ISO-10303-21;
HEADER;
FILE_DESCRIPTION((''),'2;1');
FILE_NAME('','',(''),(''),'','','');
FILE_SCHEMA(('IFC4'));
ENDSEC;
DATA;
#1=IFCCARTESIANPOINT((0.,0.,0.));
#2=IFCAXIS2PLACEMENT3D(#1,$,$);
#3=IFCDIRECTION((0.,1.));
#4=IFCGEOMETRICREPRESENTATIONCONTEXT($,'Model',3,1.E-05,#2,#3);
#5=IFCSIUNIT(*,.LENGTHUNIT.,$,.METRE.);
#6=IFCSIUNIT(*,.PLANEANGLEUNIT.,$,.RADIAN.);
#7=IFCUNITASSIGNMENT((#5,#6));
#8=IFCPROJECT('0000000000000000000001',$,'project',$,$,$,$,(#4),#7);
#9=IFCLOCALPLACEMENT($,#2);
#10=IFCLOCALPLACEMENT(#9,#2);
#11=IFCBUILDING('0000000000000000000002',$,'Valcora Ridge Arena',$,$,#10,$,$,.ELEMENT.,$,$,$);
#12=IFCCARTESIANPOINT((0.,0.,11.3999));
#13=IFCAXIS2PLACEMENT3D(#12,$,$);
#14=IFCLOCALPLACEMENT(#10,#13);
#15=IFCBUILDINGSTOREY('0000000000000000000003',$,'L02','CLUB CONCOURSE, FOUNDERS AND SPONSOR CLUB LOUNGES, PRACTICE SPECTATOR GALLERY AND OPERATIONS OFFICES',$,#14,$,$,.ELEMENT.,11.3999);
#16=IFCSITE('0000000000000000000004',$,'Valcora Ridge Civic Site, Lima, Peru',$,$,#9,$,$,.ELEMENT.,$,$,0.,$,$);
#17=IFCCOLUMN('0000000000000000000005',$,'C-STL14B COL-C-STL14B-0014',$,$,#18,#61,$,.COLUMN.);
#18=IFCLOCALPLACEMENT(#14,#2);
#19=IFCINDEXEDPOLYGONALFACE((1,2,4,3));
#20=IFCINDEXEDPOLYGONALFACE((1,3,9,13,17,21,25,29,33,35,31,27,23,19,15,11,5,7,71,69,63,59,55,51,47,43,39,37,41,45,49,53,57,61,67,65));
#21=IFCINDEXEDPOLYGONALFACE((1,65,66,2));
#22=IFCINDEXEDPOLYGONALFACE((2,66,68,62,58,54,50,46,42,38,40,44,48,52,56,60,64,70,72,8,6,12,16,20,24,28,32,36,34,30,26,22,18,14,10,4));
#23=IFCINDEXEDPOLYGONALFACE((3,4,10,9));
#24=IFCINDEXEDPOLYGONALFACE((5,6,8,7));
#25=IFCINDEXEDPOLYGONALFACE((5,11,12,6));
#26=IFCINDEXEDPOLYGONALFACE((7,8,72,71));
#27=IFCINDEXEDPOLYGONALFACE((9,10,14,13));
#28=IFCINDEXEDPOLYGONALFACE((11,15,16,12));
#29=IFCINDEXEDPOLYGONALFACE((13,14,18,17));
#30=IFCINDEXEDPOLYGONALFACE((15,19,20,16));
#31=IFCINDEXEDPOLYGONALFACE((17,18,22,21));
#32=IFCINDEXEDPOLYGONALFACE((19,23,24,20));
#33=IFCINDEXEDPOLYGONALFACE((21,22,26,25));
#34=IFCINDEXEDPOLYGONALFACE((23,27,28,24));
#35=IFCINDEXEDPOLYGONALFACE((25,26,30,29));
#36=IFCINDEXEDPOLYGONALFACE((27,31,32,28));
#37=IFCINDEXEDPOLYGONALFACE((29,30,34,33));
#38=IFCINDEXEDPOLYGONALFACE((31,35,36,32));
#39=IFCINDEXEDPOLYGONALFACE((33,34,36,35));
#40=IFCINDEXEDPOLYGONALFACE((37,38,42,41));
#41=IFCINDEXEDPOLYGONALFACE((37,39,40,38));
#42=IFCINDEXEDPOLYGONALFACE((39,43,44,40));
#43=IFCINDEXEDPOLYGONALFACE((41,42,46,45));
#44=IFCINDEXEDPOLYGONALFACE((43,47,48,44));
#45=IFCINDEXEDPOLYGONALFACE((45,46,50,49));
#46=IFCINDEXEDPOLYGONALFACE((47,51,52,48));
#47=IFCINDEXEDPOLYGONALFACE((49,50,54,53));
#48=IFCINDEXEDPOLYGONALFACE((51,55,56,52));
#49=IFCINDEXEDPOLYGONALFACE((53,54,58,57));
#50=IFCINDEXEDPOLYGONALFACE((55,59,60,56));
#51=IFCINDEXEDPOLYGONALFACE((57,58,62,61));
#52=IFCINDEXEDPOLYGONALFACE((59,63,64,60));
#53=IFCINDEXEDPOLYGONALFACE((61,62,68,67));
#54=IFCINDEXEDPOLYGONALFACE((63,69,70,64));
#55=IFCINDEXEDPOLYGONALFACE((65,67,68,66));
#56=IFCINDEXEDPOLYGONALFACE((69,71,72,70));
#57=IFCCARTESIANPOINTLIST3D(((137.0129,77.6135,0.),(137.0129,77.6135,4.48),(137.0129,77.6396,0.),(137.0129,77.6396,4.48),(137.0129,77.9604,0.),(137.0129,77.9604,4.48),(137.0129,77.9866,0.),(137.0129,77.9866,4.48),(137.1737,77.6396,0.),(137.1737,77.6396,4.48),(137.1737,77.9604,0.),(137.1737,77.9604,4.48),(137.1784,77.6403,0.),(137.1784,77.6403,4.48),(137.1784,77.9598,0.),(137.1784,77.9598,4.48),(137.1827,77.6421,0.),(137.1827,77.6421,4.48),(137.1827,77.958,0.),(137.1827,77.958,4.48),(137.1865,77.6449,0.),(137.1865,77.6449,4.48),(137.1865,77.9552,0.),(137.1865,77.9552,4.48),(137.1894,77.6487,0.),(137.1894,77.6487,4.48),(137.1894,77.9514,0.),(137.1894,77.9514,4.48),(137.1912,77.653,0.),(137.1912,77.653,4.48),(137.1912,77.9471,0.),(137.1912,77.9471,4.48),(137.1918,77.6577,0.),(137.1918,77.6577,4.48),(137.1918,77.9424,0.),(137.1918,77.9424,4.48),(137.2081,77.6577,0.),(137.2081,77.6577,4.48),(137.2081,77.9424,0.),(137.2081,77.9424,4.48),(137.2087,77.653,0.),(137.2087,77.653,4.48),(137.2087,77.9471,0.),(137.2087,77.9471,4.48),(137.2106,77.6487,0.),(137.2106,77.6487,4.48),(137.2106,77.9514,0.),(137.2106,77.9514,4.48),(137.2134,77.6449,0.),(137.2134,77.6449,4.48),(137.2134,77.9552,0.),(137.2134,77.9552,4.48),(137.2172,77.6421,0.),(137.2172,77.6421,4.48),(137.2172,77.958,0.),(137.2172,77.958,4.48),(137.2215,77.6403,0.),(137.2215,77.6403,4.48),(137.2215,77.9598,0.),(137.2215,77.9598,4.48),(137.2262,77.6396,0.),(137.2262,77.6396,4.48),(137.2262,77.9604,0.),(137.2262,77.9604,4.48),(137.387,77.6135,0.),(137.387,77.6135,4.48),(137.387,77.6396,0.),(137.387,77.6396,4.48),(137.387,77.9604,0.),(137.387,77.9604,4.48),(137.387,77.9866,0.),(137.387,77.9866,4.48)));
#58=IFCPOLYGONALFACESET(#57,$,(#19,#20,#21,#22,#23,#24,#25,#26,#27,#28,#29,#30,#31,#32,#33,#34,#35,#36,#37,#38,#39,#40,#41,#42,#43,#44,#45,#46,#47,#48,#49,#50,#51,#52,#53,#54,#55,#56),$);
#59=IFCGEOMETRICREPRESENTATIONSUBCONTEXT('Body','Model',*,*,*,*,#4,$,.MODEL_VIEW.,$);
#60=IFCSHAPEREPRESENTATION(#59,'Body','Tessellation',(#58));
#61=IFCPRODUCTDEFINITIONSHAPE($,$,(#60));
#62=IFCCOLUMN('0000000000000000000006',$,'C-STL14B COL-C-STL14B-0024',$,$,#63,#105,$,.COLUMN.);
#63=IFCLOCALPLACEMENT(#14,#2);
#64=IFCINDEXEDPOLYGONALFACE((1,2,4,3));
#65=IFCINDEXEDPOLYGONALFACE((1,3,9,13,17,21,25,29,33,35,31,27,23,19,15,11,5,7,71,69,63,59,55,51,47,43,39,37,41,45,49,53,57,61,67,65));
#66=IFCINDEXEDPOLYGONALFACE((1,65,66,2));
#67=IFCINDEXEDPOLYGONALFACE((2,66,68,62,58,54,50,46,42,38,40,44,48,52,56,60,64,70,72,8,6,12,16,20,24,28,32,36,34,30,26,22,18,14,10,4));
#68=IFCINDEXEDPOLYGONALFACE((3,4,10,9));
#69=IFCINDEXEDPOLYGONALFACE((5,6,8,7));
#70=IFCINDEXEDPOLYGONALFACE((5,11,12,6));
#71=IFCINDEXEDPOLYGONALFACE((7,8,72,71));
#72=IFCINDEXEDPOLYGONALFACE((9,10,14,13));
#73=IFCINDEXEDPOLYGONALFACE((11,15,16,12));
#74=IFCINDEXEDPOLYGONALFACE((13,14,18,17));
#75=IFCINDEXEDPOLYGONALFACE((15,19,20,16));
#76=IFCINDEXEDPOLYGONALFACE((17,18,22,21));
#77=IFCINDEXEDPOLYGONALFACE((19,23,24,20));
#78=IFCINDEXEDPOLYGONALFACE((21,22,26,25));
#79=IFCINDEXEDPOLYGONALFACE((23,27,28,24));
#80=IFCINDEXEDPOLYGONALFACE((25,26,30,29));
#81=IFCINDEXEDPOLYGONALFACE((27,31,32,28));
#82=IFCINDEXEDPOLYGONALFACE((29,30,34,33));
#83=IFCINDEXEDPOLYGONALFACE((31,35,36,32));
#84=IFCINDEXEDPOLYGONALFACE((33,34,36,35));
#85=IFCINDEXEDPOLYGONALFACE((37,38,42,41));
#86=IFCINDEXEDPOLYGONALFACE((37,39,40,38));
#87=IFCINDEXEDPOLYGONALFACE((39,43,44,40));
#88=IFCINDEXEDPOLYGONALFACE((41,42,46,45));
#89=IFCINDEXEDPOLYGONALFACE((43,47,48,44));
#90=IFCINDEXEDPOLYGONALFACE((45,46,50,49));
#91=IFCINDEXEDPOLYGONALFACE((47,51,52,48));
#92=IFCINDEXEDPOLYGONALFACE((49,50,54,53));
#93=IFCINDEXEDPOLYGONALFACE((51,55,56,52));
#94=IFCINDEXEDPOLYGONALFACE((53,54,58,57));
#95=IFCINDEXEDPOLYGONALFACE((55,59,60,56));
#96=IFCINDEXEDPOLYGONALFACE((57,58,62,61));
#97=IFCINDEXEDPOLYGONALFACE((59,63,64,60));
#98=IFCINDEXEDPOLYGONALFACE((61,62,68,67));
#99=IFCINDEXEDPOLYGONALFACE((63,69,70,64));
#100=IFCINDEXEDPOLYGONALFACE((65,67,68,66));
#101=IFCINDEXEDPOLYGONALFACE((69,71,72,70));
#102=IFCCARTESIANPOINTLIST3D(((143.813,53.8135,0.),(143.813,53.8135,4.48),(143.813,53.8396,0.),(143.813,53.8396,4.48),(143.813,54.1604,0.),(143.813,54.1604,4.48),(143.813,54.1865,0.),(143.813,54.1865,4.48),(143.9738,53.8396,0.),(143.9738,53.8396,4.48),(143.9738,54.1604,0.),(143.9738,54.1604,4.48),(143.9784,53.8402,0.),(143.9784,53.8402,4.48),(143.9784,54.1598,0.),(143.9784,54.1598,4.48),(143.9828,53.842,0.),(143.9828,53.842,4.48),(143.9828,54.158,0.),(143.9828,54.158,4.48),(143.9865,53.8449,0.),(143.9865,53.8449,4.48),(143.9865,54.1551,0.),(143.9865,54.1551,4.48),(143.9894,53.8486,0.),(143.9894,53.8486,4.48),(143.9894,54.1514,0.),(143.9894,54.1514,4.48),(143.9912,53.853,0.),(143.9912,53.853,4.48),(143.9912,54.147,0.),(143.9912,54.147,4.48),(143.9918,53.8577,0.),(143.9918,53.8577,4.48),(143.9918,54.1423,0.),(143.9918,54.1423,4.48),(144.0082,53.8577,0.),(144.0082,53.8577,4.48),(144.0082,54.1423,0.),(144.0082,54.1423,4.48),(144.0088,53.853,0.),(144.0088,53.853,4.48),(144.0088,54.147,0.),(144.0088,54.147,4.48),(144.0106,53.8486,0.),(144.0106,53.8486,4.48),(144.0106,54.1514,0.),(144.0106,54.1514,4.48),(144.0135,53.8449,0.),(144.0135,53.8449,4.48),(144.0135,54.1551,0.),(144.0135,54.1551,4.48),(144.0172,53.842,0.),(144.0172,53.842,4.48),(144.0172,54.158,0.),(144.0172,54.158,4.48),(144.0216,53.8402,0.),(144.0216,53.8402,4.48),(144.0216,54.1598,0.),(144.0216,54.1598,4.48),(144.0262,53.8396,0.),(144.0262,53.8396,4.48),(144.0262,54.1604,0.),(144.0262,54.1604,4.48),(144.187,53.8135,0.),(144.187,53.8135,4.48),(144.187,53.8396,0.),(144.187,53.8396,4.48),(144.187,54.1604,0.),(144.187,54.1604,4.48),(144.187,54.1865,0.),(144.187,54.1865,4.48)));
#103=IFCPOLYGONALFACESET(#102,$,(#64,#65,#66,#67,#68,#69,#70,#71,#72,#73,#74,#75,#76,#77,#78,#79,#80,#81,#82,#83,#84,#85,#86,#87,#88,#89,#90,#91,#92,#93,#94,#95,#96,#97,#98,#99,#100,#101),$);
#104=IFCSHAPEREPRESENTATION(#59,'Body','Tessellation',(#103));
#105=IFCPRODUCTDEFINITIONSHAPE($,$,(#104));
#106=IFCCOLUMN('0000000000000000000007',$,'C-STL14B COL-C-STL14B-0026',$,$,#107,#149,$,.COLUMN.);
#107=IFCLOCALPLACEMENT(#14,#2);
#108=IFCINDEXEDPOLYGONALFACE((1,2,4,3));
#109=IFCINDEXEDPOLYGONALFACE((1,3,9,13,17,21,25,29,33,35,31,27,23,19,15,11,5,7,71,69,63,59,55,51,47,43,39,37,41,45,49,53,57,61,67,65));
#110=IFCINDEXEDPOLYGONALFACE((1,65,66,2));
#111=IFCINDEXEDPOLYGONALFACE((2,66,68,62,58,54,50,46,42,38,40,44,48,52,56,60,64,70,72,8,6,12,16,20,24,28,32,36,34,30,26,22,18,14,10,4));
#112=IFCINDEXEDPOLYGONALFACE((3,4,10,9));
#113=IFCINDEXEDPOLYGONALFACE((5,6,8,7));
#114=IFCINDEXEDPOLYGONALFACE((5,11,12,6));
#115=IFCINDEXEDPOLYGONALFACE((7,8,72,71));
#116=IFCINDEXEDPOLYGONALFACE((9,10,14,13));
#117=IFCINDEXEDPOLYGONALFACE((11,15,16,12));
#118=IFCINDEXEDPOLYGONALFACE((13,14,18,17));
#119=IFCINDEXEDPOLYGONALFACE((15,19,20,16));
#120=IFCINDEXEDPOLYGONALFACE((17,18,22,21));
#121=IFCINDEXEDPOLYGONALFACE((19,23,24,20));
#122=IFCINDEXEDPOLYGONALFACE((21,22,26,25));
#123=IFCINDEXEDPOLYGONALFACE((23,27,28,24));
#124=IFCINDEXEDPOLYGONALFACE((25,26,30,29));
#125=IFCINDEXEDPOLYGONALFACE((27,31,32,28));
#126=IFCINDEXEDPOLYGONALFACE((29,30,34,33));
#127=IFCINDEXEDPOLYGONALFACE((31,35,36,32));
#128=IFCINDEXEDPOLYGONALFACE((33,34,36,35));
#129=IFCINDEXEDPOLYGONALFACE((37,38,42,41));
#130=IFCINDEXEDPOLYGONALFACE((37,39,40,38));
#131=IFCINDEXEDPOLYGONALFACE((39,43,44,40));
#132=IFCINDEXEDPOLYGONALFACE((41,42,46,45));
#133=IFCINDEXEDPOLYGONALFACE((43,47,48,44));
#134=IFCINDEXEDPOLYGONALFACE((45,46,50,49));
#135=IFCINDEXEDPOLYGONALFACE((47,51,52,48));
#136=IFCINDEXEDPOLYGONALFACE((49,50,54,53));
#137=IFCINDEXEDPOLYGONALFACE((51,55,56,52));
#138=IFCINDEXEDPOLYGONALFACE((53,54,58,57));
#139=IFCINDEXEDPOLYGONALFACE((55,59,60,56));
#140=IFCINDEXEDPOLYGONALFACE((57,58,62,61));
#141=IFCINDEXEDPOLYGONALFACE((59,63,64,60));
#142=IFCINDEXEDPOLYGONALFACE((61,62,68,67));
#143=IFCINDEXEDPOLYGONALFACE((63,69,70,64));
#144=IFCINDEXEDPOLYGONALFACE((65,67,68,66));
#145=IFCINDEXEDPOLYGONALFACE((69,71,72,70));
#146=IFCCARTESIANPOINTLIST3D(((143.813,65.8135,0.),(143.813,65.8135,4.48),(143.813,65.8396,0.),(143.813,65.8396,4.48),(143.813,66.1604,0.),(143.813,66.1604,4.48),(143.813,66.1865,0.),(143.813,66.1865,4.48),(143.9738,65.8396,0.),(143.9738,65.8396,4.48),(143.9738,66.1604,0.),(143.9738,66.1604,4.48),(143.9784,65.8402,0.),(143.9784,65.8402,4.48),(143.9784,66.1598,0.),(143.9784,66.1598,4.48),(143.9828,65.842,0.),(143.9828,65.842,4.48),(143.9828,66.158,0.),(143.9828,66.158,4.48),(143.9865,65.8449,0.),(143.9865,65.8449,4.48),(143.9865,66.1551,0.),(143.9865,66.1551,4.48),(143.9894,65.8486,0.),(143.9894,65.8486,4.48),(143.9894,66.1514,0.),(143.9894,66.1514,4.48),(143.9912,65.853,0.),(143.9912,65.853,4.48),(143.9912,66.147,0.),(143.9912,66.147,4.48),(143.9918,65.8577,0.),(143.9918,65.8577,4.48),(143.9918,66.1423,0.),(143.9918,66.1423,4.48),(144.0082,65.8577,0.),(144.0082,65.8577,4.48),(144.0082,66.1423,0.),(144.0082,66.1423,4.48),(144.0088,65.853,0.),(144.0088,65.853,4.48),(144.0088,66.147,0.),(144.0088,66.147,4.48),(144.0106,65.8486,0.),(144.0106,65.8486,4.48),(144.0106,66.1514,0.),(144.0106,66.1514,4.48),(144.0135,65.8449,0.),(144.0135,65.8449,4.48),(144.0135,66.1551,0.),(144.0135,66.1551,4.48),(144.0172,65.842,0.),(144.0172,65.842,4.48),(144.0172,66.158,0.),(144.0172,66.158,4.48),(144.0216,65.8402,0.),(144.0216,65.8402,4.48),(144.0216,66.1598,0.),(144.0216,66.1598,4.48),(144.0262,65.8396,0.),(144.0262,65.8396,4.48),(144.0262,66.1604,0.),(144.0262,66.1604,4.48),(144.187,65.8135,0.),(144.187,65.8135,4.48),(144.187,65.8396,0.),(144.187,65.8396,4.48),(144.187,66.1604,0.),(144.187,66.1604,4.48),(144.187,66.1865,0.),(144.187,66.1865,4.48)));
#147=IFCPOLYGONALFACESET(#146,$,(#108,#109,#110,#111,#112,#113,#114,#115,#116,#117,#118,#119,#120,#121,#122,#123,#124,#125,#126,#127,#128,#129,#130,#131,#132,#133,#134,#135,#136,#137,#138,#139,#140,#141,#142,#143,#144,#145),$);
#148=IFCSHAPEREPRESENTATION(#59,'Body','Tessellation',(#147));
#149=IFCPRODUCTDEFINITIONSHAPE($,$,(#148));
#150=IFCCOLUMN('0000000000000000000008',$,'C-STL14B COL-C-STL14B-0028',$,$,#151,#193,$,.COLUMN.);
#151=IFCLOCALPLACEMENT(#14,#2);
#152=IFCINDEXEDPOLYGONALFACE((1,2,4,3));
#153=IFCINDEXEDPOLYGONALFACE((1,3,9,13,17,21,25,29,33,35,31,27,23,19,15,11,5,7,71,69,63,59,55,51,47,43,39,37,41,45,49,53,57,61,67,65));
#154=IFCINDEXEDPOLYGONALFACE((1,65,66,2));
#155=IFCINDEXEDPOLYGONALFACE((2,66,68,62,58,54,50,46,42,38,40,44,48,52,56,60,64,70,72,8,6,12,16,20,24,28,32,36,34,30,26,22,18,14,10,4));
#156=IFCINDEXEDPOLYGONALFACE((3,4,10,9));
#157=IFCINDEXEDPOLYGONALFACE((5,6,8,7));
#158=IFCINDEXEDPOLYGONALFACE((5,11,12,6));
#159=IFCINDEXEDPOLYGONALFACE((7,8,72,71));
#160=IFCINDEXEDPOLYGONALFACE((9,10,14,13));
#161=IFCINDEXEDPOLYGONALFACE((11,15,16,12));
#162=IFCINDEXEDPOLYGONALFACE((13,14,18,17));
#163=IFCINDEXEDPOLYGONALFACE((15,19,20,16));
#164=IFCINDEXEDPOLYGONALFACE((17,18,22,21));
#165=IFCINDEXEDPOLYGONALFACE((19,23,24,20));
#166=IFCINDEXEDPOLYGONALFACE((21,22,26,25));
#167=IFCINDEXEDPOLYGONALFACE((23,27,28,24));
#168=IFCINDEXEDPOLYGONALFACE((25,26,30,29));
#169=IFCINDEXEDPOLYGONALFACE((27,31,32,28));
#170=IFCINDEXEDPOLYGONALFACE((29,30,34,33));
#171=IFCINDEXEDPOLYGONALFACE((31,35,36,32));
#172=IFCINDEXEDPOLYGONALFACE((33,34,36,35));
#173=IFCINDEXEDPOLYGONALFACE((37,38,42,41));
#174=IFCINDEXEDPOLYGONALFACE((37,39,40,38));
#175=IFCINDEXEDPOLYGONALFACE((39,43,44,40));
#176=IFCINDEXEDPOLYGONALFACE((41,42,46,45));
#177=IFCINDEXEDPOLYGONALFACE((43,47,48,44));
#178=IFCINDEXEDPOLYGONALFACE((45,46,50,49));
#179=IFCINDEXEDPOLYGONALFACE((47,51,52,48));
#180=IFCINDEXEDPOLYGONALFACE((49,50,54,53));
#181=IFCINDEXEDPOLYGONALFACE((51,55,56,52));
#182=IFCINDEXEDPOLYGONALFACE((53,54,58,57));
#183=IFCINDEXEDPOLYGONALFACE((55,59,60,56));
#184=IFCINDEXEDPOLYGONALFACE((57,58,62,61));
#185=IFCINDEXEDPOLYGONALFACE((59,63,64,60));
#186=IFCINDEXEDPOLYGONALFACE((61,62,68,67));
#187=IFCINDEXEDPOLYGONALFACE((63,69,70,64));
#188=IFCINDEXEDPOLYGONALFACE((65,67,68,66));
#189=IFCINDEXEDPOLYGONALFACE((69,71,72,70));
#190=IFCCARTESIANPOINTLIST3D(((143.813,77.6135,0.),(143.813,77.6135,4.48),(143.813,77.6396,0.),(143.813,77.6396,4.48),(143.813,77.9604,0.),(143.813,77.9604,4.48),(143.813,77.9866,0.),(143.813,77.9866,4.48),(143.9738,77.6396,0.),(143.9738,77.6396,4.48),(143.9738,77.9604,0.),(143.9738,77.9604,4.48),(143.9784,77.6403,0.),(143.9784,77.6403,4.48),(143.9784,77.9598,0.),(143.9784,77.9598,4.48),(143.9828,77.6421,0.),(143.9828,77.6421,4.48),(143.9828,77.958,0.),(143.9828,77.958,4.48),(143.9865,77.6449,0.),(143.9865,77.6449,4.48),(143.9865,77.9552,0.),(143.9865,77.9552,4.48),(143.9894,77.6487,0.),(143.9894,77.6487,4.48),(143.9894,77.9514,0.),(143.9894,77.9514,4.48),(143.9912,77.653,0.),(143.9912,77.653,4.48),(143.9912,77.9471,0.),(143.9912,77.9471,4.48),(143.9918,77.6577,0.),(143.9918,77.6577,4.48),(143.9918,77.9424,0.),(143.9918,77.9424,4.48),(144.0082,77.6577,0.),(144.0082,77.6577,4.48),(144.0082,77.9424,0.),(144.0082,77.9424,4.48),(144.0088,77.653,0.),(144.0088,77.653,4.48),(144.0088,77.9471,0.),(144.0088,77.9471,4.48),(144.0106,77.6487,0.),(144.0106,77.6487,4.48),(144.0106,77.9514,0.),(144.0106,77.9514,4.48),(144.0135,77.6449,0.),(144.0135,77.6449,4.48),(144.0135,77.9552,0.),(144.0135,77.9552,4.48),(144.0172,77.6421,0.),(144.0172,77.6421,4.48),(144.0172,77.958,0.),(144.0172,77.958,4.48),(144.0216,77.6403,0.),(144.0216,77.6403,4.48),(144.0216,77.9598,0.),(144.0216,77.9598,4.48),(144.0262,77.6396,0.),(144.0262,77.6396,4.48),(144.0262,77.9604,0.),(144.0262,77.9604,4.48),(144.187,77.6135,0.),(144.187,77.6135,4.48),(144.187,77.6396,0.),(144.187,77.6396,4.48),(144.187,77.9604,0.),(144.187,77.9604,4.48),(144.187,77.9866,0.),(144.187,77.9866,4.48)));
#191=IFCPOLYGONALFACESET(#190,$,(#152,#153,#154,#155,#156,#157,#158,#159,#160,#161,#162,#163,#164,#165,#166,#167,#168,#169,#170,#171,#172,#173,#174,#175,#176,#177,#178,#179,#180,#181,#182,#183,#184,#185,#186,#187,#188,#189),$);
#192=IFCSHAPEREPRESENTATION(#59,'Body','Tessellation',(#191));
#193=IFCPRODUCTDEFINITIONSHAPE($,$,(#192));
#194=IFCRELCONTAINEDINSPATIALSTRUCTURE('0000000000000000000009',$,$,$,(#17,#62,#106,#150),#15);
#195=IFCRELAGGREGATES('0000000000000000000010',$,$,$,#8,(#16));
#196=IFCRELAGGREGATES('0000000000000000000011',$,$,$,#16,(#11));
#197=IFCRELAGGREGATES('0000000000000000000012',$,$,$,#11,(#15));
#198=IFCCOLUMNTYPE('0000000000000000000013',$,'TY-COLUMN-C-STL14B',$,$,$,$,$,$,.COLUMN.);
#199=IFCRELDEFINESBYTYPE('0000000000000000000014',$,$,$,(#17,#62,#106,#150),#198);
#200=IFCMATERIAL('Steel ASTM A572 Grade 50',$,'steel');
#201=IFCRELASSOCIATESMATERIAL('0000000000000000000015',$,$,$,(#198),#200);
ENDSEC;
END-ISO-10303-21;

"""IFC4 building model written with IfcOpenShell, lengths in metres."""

from ifc_helpers import new_model, si_unit, direction, frame, origin, origin_2d, place, context, subcontext, project, spatial, i_section, extrude, material, material_profile, profile_set, type_object, element, save


model = new_model("IFC4")

# Units and contexts
model_context = context("Model", 3, precision=1e-05, world=origin(), true_north=direction((0.0, 1.0)))
body_context = subcontext(model_context, "Body", "Model", "MODEL_VIEW")
ifc_project = project(units=[si_unit("LENGTHUNIT", "METRE"), si_unit("PLANEANGLEUNIT", "RADIAN")], contexts=[model_context])

# Site, building, storey
site_placement = place(None, origin())
site = spatial("IfcSite", under=ifc_project, at=site_placement, Name="Valcora Ridge Civic Site, Lima, Peru", CompositionType="ELEMENT", RefElevation=0.0)
building_placement = place(site_placement, origin())
building = spatial("IfcBuilding", under=site, at=building_placement, Name="Valcora Ridge Arena", CompositionType="ELEMENT")
storey_placement = place(building_placement, frame((0.0, 0.0, 11.3999)))
storey = spatial("IfcBuildingStorey", under=building, at=storey_placement, Name="L02", Description="CLUB CONCOURSE, FOUNDERS AND SPONSOR CLUB LOUNGES, PRACTICE SPECTATOR GALLERY AND OPERATIONS OFFICES", CompositionType="ELEMENT", Elevation=11.3999)

# Columns
ifc_material_1 = material(Name="Steel ASTM A572 Grade 50", Category="steel")
ifc_material_profile_1 = material_profile(ifc_material_1, i_section(OverallWidth=0.374, OverallDepth=0.373, WebThickness=0.0164, FlangeThickness=0.0261, FilletRadius=0.0181, at=origin_2d()), Name="W14X132")
ifc_profile_set_1 = profile_set([ifc_material_profile_1], Name="Steel ASTM A572 Grade 50")
column_type = type_object("IfcColumnType", Name="TY-COLUMN-C-STL14B", PredefinedType="COLUMN", material=ifc_profile_set_1)
for number, where, z_axis, x_axis, name in (
    (1, (137.2, 77.8, 0.0), (0.0, 0.0, 1.0), (1.0, 0.0, 0.0), "C-STL14B COL-C-STL14B-0014"),
    (2, (144.0, 54.0, 0.0), (0.0, 0.0, 1.0), (1.0, 0.0, 0.0), "C-STL14B COL-C-STL14B-0024"),
    (3, (144.0, 66.0, 0.0), (0.0, 0.0, 1.0), (1.0, 0.0, 0.0), "C-STL14B COL-C-STL14B-0026"),
    (4, (144.0, 77.8, 0.0), (0.0, 0.0, 1.0), (1.0, 0.0, 0.0), "C-STL14B COL-C-STL14B-0028"),
):
    element("IfcColumn", number, at=place(storey_placement, frame(where, z_axis=z_axis, x_axis=x_axis)), inside=storey, type_object=column_type, Name=name, PredefinedType="COLUMN", context=body_context, shape_type="SweptSolid", body=[
        extrude(i_section(OverallWidth=0.374, OverallDepth=0.373, WebThickness=0.0164, FlangeThickness=0.0261, FilletRadius=0.0181, at=origin_2d()), origin(), (0.0, 0.0, 1.0), 4.48),
    ])

save(model, "model.ifc")
